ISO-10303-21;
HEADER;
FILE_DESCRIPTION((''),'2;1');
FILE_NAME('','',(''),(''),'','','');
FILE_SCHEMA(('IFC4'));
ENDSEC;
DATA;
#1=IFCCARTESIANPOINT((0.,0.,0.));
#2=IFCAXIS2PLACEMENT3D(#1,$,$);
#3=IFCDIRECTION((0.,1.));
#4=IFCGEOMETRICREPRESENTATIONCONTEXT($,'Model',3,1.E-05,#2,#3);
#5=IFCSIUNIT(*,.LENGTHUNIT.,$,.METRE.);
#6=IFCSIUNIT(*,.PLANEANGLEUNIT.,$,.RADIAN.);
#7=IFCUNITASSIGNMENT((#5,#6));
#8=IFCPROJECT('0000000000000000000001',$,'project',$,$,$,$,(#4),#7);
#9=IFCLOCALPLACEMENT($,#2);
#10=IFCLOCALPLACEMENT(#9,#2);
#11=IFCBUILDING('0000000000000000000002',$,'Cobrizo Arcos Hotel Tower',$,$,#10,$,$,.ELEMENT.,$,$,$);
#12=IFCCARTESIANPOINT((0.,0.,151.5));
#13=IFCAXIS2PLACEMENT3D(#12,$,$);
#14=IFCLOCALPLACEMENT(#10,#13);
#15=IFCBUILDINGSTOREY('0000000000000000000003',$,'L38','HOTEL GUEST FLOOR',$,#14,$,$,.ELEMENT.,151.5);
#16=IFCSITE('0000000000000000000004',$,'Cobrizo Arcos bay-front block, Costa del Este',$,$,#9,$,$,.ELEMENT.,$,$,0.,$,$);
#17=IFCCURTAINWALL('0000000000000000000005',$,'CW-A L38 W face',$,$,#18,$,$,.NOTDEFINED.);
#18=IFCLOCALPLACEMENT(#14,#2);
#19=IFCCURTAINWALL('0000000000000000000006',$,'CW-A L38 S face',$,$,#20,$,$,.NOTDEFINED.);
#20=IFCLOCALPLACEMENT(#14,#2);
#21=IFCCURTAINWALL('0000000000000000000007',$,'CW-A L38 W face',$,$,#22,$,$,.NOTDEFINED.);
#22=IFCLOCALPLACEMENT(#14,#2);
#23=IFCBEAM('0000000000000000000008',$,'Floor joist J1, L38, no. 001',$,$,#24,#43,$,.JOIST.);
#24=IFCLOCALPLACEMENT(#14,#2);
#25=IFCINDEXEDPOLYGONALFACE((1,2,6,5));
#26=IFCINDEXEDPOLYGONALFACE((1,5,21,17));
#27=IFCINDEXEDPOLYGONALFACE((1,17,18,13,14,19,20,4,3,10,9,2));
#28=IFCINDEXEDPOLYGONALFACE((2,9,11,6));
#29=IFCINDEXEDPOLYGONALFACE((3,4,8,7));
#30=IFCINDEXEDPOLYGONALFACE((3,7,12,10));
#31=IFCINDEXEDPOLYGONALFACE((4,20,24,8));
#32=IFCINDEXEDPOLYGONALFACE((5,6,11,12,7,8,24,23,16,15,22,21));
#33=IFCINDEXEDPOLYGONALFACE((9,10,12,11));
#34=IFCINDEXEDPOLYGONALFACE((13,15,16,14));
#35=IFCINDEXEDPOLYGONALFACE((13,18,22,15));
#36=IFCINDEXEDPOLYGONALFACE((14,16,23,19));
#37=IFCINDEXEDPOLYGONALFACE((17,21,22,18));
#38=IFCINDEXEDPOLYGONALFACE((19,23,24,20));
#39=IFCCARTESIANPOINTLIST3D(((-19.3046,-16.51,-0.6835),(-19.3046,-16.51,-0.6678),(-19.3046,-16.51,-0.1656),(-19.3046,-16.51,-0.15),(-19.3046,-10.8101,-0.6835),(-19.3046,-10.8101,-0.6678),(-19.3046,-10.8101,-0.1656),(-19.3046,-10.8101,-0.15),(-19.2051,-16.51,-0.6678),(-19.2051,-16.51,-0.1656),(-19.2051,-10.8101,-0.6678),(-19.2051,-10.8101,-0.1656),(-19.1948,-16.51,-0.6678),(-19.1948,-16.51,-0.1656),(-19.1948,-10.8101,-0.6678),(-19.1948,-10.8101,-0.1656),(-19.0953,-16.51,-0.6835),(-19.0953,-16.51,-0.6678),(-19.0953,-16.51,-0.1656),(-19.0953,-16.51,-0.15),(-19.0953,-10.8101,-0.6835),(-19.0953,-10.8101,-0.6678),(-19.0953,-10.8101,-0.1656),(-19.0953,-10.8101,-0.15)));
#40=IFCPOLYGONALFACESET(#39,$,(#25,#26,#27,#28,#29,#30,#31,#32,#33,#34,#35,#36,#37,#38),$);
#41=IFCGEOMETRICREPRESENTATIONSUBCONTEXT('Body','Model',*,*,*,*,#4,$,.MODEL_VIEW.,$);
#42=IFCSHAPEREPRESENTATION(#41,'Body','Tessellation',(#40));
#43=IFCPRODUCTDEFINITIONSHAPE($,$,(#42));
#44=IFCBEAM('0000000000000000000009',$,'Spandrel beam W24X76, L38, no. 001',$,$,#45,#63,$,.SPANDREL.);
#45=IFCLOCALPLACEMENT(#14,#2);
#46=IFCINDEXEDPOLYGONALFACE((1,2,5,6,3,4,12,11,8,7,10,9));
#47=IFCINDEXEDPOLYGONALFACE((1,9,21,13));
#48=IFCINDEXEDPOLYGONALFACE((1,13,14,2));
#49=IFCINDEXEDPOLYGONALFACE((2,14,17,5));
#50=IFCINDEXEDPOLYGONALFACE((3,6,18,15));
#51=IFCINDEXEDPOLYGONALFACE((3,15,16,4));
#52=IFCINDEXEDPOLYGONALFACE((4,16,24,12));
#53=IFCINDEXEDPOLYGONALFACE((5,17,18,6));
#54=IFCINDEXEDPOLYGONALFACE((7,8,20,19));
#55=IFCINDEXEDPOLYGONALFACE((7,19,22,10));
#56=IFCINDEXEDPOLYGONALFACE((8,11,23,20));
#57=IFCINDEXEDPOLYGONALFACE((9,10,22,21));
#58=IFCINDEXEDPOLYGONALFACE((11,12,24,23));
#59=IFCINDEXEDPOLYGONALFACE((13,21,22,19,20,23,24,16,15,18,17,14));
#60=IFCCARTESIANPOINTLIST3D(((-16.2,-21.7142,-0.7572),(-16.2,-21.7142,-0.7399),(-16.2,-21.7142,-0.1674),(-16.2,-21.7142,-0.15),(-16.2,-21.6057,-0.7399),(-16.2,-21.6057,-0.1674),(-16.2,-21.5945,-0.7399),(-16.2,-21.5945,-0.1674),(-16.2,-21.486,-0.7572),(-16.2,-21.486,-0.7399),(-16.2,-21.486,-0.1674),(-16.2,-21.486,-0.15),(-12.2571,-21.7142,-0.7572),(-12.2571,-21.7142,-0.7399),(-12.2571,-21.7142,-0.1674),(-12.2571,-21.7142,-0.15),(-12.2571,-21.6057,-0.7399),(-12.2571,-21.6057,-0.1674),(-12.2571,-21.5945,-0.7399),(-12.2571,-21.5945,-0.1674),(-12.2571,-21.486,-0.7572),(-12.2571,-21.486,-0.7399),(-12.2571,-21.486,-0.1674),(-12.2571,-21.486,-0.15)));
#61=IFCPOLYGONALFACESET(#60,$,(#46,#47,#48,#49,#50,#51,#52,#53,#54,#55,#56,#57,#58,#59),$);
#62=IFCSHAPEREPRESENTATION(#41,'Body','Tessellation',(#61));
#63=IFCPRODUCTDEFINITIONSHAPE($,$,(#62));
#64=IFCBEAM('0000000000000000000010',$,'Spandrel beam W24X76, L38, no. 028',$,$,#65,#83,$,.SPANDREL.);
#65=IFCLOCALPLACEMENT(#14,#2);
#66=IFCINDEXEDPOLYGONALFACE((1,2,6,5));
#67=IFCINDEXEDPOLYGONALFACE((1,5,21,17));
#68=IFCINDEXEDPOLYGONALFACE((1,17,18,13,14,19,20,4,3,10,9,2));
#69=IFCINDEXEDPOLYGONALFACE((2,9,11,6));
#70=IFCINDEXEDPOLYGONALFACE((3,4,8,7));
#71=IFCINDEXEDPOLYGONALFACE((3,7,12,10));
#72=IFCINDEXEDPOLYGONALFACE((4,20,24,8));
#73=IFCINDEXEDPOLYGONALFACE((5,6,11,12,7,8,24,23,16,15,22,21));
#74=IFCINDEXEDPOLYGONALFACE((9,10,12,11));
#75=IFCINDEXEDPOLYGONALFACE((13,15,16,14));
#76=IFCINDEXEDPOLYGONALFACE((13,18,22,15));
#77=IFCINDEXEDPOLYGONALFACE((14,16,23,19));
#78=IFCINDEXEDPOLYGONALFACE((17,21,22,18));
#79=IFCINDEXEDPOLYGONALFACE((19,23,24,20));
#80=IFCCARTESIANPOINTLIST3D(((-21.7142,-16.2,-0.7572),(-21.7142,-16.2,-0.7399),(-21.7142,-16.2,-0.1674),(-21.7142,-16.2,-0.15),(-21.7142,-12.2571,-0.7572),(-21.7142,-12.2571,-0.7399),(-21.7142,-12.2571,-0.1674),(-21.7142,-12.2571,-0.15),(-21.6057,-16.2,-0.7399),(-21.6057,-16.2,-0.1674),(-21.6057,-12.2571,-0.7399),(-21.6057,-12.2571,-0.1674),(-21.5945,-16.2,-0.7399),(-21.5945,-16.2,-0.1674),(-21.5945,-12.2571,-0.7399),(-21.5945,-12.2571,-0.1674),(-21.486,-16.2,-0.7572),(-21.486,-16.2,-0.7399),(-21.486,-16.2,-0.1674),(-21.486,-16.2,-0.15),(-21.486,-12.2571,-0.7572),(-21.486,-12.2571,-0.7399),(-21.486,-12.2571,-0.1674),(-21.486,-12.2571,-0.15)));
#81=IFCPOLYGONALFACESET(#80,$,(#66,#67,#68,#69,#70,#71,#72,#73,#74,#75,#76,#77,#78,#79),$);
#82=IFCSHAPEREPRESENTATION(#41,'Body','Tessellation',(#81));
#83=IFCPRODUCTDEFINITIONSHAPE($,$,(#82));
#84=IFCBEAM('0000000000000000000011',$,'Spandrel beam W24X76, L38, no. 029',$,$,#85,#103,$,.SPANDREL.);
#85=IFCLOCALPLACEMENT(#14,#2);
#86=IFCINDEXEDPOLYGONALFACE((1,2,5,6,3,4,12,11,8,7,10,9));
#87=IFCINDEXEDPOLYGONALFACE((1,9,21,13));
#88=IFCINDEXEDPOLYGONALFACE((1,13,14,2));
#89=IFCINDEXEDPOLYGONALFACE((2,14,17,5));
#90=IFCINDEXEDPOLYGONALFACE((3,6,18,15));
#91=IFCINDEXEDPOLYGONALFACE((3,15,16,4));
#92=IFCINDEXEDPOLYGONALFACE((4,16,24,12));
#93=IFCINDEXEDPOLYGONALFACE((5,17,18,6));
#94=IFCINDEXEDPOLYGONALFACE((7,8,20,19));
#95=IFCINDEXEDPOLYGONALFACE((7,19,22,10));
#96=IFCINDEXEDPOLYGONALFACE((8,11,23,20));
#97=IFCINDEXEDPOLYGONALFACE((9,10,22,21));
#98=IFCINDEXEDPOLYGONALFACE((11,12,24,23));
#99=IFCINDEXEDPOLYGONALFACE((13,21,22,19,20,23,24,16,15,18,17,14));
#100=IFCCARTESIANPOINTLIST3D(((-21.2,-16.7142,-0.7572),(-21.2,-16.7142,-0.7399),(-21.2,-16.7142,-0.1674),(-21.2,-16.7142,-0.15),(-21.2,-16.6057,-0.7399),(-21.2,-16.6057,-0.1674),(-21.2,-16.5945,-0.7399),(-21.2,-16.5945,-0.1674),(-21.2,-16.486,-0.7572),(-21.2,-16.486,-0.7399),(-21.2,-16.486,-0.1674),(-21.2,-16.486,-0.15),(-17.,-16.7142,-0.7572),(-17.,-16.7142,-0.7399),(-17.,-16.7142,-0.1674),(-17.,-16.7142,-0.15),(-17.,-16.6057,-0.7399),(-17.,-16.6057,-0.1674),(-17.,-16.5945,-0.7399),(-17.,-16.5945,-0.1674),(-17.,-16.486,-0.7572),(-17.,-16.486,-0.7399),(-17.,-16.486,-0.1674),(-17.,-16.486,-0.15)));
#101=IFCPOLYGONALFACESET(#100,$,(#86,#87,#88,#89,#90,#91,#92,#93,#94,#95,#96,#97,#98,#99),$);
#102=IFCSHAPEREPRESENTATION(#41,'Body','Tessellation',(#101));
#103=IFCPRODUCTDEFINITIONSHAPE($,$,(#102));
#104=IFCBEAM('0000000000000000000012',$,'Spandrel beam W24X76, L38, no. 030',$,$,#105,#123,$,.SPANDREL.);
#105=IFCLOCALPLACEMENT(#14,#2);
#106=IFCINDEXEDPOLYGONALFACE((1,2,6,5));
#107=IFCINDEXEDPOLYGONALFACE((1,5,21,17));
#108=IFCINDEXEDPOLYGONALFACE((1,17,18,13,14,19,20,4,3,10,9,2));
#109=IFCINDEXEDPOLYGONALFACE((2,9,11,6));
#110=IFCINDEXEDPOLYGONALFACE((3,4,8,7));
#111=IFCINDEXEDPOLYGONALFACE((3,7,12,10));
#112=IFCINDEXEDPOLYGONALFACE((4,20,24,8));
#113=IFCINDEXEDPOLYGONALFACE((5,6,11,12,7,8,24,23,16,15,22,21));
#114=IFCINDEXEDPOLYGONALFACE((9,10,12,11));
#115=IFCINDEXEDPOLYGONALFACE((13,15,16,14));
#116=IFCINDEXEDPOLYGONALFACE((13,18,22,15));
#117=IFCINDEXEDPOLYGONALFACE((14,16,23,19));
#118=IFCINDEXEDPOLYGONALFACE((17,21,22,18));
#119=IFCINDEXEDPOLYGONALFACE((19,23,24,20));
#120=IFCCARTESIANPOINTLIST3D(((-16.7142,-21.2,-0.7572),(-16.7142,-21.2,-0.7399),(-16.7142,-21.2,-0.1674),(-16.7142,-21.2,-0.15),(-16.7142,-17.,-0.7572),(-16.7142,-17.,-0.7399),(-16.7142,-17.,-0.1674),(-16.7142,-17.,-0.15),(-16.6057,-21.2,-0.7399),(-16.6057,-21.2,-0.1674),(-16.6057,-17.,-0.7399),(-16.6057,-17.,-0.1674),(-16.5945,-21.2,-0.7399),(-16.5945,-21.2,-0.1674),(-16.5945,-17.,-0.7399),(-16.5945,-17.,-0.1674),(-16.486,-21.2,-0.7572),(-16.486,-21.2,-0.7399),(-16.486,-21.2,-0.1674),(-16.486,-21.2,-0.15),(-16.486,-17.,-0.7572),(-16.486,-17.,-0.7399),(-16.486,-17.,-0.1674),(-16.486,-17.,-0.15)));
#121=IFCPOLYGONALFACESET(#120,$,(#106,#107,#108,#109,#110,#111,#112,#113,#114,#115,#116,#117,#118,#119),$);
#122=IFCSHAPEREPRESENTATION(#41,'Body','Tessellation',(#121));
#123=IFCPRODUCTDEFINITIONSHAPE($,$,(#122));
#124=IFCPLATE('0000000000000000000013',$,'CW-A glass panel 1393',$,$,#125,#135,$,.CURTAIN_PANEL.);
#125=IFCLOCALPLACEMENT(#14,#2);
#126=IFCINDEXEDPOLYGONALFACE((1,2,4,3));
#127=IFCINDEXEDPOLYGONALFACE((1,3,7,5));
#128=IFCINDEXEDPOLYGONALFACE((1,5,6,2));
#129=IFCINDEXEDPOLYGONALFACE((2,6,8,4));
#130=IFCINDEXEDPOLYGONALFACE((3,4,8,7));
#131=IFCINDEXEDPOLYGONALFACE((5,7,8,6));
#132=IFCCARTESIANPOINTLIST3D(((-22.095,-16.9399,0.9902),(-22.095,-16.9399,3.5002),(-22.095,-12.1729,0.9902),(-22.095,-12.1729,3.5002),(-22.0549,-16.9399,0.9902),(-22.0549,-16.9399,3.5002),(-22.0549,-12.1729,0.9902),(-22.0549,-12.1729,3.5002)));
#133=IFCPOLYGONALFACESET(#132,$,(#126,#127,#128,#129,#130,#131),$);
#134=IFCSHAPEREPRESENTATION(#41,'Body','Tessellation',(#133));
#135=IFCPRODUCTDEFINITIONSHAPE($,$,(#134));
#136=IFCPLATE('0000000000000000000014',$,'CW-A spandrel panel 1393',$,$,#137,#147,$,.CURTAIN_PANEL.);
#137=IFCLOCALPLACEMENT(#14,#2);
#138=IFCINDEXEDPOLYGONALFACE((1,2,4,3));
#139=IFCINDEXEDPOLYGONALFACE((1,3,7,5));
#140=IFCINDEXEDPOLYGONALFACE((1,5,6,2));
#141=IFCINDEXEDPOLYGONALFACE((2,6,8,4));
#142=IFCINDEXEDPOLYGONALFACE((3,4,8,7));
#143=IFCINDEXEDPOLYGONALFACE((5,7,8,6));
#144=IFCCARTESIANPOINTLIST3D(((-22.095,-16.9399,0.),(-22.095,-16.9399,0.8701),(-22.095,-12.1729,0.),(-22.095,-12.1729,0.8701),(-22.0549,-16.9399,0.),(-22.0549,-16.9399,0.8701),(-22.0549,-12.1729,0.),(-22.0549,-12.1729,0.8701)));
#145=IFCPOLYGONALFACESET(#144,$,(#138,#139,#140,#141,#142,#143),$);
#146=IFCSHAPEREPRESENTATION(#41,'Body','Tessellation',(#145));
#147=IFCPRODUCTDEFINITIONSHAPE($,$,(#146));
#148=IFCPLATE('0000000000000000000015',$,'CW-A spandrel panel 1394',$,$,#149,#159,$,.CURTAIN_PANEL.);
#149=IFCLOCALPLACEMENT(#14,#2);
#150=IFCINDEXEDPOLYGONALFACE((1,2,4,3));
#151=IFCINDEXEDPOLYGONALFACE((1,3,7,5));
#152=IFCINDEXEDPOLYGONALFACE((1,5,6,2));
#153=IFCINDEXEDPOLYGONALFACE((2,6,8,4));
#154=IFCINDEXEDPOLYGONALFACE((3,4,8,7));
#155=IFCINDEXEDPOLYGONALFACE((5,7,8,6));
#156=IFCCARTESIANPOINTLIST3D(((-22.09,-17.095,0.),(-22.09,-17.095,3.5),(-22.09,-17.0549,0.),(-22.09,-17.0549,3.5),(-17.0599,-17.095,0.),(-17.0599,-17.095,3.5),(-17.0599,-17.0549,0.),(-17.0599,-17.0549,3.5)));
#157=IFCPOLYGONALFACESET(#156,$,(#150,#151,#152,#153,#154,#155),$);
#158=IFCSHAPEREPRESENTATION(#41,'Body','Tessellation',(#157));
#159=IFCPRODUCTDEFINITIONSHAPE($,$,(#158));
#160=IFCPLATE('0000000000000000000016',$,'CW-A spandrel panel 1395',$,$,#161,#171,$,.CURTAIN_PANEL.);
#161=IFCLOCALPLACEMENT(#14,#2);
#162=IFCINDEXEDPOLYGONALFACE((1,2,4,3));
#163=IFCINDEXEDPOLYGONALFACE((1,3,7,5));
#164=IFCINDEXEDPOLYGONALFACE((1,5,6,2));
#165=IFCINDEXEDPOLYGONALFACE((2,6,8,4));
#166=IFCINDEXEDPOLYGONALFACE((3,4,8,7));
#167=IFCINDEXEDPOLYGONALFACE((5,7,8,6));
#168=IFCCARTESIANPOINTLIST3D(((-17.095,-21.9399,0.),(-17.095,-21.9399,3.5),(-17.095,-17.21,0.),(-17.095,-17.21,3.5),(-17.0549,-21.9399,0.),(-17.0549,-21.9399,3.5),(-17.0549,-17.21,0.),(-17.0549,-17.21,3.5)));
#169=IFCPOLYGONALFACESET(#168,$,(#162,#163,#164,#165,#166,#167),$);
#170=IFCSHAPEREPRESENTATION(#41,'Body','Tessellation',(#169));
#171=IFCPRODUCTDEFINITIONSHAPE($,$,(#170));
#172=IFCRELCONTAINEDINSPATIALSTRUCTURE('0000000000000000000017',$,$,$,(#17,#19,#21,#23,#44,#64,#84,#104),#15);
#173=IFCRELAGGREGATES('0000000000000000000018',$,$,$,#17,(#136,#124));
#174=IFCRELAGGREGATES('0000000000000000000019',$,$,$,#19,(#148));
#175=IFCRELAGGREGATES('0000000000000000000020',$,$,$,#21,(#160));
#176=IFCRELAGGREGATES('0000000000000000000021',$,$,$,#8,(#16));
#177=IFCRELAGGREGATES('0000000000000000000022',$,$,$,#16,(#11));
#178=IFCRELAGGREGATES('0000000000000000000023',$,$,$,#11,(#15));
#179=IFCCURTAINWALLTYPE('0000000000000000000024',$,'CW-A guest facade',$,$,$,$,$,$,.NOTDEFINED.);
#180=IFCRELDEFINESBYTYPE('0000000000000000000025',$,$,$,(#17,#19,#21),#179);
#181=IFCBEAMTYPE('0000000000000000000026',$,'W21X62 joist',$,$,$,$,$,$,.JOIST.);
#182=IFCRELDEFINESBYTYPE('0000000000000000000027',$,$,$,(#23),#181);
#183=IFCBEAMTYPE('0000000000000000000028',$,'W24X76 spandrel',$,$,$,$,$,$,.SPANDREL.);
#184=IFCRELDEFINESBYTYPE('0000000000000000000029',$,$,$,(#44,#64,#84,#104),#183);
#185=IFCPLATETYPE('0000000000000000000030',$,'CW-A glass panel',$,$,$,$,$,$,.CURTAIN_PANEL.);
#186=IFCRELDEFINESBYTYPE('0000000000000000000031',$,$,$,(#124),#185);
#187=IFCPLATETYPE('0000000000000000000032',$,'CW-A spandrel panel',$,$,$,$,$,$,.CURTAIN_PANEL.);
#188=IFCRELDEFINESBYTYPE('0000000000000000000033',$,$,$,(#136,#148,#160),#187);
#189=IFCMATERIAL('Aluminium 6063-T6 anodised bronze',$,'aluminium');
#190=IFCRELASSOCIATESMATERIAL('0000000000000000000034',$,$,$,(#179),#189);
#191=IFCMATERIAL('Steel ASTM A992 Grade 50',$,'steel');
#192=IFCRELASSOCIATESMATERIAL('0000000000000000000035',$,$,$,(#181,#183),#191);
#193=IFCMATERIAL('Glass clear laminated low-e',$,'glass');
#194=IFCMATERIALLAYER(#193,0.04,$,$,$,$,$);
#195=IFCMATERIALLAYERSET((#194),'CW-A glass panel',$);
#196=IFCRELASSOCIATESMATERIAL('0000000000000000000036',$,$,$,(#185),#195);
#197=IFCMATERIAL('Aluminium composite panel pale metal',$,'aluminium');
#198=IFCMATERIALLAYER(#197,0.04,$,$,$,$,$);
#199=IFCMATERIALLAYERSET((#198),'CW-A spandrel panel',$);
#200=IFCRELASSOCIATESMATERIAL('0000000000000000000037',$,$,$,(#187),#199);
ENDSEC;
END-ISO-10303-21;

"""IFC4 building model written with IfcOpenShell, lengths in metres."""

from ifc_helpers import new_model, si_unit, direction, frame, origin, origin_2d, place, context, subcontext, project, spatial, rectangle, i_section, extrude, material, layer, layer_set, material_profile, profile_set, type_object, element, aggregate, save


model = new_model("IFC4")

# Units and contexts
model_context = context("Model", 3, precision=1e-05, world=origin(), true_north=direction((0.0, 1.0)))
body_context = subcontext(model_context, "Body", "Model", "MODEL_VIEW")
ifc_project = project(units=[si_unit("LENGTHUNIT", "METRE"), si_unit("PLANEANGLEUNIT", "RADIAN")], contexts=[model_context])

# Site, building, storey
site_placement = place(None, origin())
site = spatial("IfcSite", under=ifc_project, at=site_placement, Name="Cobrizo Arcos bay-front block, Costa del Este", CompositionType="ELEMENT", RefElevation=0.0)
building_placement = place(site_placement, origin())
building = spatial("IfcBuilding", under=site, at=building_placement, Name="Cobrizo Arcos Hotel Tower", CompositionType="ELEMENT")
storey_placement = place(building_placement, frame((0.0, 0.0, 151.5)))
storey = spatial("IfcBuildingStorey", under=building, at=storey_placement, Name="L38", Description="HOTEL GUEST FLOOR", CompositionType="ELEMENT", Elevation=151.5)

# Curtain wall
ifc_material_1 = material(Name="Aluminium 6063-T6 anodised bronze", Category="aluminium")
curtain_wall_type = type_object("IfcCurtainWallType", Name="CW-A guest facade", PredefinedType="NOTDEFINED", material=ifc_material_1)
curtain_wall_1_placement = place(storey_placement, origin())
curtain_wall_1 = element("IfcCurtainWall", 1, at=curtain_wall_1_placement, inside=storey, type_object=curtain_wall_type, Name="CW-A L38 W face", PredefinedType="NOTDEFINED")

# Curtain walls
curtain_wall_2_placement = place(storey_placement, origin())
curtain_wall_2 = element("IfcCurtainWall", 2, at=curtain_wall_2_placement, inside=storey, type_object=curtain_wall_type, Name="CW-A L38 S face", PredefinedType="NOTDEFINED")
curtain_wall_3_placement = place(storey_placement, origin())
curtain_wall_3 = element("IfcCurtainWall", 3, at=curtain_wall_3_placement, inside=storey, type_object=curtain_wall_type, Name="CW-A L38 W face", PredefinedType="NOTDEFINED")

# Beams
ifc_material_2 = material(Name="Steel ASTM A992 Grade 50", Category="steel")
ifc_material_profile_1 = material_profile(ifc_material_2, i_section(OverallWidth=0.2092, OverallDepth=0.5334, WebThickness=0.0103, FlangeThickness=0.0156, at=origin_2d()), Name="W21X62")
ifc_profile_set_1 = profile_set([ifc_material_profile_1], Name="Steel ASTM A992 Grade 50")
beam_type_1 = type_object("IfcBeamType", Name="W21X62 joist", PredefinedType="JOIST", material=ifc_profile_set_1)
beam_1_placement = place(storey_placement, frame((-19.2, -16.51, -0.4167), z_axis=(0.0, 1.0, 0.0), x_axis=(-1.0, 0.0, 0.0)))
element("IfcBeam", 4, at=beam_1_placement, inside=storey, type_object=beam_type_1, Name="Floor joist J1, L38, no. 001", PredefinedType="JOIST", context=body_context, shape_type="SweptSolid", body=[
    extrude(i_section(OverallWidth=0.2092, OverallDepth=0.5334, WebThickness=0.0103, FlangeThickness=0.0156, at=origin_2d()), origin(), (0.0, 0.0, 1.0), 5.7),
])
ifc_material_profile_2 = material_profile(ifc_material_2, i_section(OverallWidth=0.2283, OverallDepth=0.6072, WebThickness=0.0112, FlangeThickness=0.0173, at=origin_2d()), Name="W24X76")
ifc_profile_set_2 = profile_set([ifc_material_profile_2], Name="Steel ASTM A992 Grade 50")
beam_type_2 = type_object("IfcBeamType", Name="W24X76 spandrel", PredefinedType="SPANDREL", material=ifc_profile_set_2)
for number, where, z_axis, x_axis, name in (
    (5, (-16.2, -21.6001, -0.4536), (1.0, 0.0, 0.0), (0.0, 1.0, 0.0), "Spandrel beam W24X76, L38, no. 001"),
    (6, (-21.6001, -12.2571, -0.4536), (0.0, -1.0, 0.0), (1.0, 0.0, 0.0), "Spandrel beam W24X76, L38, no. 028"),
):
    element("IfcBeam", number, at=place(storey_placement, frame(where, z_axis=z_axis, x_axis=x_axis)), inside=storey, type_object=beam_type_2, Name=name, PredefinedType="SPANDREL", context=body_context, shape_type="SweptSolid", body=[
        extrude(i_section(OverallWidth=0.2283, OverallDepth=0.6072, WebThickness=0.0112, FlangeThickness=0.0173, at=origin_2d()), origin(), (0.0, 0.0, 1.0), 3.9429),
    ])
for number, where, z_axis, x_axis, name in (
    (7, (-21.2, -16.6001, -0.4536), (1.0, 0.0, 0.0), (0.0, 1.0, 0.0), "Spandrel beam W24X76, L38, no. 029"),
    (8, (-16.6001, -17.0, -0.4536), (0.0, -1.0, 0.0), (1.0, 0.0, 0.0), "Spandrel beam W24X76, L38, no. 030"),
):
    element("IfcBeam", number, at=place(storey_placement, frame(where, z_axis=z_axis, x_axis=x_axis)), inside=storey, type_object=beam_type_2, Name=name, PredefinedType="SPANDREL", context=body_context, shape_type="SweptSolid", body=[
        extrude(i_section(OverallWidth=0.2283, OverallDepth=0.6072, WebThickness=0.0112, FlangeThickness=0.0173, at=origin_2d()), origin(), (0.0, 0.0, 1.0), 4.2),
    ])

# Plates
ifc_material_3 = material(Name="Glass clear laminated low-e", Category="glass")
ifc_layer_1 = layer(ifc_material_3, 0.04)
ifc_layer_set_1 = layer_set([ifc_layer_1], Name="CW-A glass panel")
plate_type_1 = type_object("IfcPlateType", Name="CW-A glass panel", PredefinedType="CURTAIN_PANEL", material=ifc_layer_set_1)
plate_1_placement = place(storey_placement, frame((-22.075, -14.5564, 0.9902), z_axis=(0.0, 0.0, 1.0), x_axis=(0.0, -1.0, 0.0)))
plate_1 = element("IfcPlate", 9, at=plate_1_placement, type_object=plate_type_1, Name="CW-A glass panel 1393", PredefinedType="CURTAIN_PANEL", context=body_context, shape_type="SweptSolid", body=[
    extrude(rectangle(XDim=4.7671, YDim=0.04, at=origin_2d()), origin(), (0.0, 0.0, 1.0), 2.51),
])
ifc_material_4 = material(Name="Aluminium composite panel pale metal", Category="aluminium")
ifc_layer_2 = layer(ifc_material_4, 0.04)
ifc_layer_set_2 = layer_set([ifc_layer_2], Name="CW-A spandrel panel")
plate_type_2 = type_object("IfcPlateType", Name="CW-A spandrel panel", PredefinedType="CURTAIN_PANEL", material=ifc_layer_set_2)
plate_2_placement = place(storey_placement, frame((-22.075, -14.5564, 0.0), z_axis=(0.0, 0.0, 1.0), x_axis=(0.0, -1.0, 0.0)))
plate_2 = element("IfcPlate", 10, at=plate_2_placement, type_object=plate_type_2, Name="CW-A spandrel panel 1393", PredefinedType="CURTAIN_PANEL", context=body_context, shape_type="SweptSolid", body=[
    extrude(rectangle(XDim=4.7671, YDim=0.04, at=origin_2d()), origin(), (0.0, 0.0, 1.0), 0.8701),
])
aggregate(curtain_wall_1, [plate_2, plate_1])
plate_3_placement = place(storey_placement, frame((-19.575, -17.075, 0.0), z_axis=(0.0, 0.0, 1.0), x_axis=(1.0, 0.0, 0.0)))
plate_3 = element("IfcPlate", 11, at=plate_3_placement, type_object=plate_type_2, Name="CW-A spandrel panel 1394", PredefinedType="CURTAIN_PANEL", context=body_context, shape_type="SweptSolid", body=[
    extrude(rectangle(XDim=5.03, YDim=0.04, at=origin_2d()), origin(), (0.0, 0.0, 1.0), 3.5),
])
aggregate(curtain_wall_2, [plate_3])
plate_4_placement = place(storey_placement, frame((-17.075, -19.575, 0.0), z_axis=(0.0, 0.0, 1.0), x_axis=(0.0, -1.0, 0.0)))
plate_4 = element("IfcPlate", 12, at=plate_4_placement, type_object=plate_type_2, Name="CW-A spandrel panel 1395", PredefinedType="CURTAIN_PANEL", context=body_context, shape_type="SweptSolid", body=[
    extrude(rectangle(XDim=4.73, YDim=0.04, at=origin_2d()), origin(), (0.0, 0.0, 1.0), 3.5),
])
aggregate(curtain_wall_3, [plate_4])

save(model, "model.ifc")
